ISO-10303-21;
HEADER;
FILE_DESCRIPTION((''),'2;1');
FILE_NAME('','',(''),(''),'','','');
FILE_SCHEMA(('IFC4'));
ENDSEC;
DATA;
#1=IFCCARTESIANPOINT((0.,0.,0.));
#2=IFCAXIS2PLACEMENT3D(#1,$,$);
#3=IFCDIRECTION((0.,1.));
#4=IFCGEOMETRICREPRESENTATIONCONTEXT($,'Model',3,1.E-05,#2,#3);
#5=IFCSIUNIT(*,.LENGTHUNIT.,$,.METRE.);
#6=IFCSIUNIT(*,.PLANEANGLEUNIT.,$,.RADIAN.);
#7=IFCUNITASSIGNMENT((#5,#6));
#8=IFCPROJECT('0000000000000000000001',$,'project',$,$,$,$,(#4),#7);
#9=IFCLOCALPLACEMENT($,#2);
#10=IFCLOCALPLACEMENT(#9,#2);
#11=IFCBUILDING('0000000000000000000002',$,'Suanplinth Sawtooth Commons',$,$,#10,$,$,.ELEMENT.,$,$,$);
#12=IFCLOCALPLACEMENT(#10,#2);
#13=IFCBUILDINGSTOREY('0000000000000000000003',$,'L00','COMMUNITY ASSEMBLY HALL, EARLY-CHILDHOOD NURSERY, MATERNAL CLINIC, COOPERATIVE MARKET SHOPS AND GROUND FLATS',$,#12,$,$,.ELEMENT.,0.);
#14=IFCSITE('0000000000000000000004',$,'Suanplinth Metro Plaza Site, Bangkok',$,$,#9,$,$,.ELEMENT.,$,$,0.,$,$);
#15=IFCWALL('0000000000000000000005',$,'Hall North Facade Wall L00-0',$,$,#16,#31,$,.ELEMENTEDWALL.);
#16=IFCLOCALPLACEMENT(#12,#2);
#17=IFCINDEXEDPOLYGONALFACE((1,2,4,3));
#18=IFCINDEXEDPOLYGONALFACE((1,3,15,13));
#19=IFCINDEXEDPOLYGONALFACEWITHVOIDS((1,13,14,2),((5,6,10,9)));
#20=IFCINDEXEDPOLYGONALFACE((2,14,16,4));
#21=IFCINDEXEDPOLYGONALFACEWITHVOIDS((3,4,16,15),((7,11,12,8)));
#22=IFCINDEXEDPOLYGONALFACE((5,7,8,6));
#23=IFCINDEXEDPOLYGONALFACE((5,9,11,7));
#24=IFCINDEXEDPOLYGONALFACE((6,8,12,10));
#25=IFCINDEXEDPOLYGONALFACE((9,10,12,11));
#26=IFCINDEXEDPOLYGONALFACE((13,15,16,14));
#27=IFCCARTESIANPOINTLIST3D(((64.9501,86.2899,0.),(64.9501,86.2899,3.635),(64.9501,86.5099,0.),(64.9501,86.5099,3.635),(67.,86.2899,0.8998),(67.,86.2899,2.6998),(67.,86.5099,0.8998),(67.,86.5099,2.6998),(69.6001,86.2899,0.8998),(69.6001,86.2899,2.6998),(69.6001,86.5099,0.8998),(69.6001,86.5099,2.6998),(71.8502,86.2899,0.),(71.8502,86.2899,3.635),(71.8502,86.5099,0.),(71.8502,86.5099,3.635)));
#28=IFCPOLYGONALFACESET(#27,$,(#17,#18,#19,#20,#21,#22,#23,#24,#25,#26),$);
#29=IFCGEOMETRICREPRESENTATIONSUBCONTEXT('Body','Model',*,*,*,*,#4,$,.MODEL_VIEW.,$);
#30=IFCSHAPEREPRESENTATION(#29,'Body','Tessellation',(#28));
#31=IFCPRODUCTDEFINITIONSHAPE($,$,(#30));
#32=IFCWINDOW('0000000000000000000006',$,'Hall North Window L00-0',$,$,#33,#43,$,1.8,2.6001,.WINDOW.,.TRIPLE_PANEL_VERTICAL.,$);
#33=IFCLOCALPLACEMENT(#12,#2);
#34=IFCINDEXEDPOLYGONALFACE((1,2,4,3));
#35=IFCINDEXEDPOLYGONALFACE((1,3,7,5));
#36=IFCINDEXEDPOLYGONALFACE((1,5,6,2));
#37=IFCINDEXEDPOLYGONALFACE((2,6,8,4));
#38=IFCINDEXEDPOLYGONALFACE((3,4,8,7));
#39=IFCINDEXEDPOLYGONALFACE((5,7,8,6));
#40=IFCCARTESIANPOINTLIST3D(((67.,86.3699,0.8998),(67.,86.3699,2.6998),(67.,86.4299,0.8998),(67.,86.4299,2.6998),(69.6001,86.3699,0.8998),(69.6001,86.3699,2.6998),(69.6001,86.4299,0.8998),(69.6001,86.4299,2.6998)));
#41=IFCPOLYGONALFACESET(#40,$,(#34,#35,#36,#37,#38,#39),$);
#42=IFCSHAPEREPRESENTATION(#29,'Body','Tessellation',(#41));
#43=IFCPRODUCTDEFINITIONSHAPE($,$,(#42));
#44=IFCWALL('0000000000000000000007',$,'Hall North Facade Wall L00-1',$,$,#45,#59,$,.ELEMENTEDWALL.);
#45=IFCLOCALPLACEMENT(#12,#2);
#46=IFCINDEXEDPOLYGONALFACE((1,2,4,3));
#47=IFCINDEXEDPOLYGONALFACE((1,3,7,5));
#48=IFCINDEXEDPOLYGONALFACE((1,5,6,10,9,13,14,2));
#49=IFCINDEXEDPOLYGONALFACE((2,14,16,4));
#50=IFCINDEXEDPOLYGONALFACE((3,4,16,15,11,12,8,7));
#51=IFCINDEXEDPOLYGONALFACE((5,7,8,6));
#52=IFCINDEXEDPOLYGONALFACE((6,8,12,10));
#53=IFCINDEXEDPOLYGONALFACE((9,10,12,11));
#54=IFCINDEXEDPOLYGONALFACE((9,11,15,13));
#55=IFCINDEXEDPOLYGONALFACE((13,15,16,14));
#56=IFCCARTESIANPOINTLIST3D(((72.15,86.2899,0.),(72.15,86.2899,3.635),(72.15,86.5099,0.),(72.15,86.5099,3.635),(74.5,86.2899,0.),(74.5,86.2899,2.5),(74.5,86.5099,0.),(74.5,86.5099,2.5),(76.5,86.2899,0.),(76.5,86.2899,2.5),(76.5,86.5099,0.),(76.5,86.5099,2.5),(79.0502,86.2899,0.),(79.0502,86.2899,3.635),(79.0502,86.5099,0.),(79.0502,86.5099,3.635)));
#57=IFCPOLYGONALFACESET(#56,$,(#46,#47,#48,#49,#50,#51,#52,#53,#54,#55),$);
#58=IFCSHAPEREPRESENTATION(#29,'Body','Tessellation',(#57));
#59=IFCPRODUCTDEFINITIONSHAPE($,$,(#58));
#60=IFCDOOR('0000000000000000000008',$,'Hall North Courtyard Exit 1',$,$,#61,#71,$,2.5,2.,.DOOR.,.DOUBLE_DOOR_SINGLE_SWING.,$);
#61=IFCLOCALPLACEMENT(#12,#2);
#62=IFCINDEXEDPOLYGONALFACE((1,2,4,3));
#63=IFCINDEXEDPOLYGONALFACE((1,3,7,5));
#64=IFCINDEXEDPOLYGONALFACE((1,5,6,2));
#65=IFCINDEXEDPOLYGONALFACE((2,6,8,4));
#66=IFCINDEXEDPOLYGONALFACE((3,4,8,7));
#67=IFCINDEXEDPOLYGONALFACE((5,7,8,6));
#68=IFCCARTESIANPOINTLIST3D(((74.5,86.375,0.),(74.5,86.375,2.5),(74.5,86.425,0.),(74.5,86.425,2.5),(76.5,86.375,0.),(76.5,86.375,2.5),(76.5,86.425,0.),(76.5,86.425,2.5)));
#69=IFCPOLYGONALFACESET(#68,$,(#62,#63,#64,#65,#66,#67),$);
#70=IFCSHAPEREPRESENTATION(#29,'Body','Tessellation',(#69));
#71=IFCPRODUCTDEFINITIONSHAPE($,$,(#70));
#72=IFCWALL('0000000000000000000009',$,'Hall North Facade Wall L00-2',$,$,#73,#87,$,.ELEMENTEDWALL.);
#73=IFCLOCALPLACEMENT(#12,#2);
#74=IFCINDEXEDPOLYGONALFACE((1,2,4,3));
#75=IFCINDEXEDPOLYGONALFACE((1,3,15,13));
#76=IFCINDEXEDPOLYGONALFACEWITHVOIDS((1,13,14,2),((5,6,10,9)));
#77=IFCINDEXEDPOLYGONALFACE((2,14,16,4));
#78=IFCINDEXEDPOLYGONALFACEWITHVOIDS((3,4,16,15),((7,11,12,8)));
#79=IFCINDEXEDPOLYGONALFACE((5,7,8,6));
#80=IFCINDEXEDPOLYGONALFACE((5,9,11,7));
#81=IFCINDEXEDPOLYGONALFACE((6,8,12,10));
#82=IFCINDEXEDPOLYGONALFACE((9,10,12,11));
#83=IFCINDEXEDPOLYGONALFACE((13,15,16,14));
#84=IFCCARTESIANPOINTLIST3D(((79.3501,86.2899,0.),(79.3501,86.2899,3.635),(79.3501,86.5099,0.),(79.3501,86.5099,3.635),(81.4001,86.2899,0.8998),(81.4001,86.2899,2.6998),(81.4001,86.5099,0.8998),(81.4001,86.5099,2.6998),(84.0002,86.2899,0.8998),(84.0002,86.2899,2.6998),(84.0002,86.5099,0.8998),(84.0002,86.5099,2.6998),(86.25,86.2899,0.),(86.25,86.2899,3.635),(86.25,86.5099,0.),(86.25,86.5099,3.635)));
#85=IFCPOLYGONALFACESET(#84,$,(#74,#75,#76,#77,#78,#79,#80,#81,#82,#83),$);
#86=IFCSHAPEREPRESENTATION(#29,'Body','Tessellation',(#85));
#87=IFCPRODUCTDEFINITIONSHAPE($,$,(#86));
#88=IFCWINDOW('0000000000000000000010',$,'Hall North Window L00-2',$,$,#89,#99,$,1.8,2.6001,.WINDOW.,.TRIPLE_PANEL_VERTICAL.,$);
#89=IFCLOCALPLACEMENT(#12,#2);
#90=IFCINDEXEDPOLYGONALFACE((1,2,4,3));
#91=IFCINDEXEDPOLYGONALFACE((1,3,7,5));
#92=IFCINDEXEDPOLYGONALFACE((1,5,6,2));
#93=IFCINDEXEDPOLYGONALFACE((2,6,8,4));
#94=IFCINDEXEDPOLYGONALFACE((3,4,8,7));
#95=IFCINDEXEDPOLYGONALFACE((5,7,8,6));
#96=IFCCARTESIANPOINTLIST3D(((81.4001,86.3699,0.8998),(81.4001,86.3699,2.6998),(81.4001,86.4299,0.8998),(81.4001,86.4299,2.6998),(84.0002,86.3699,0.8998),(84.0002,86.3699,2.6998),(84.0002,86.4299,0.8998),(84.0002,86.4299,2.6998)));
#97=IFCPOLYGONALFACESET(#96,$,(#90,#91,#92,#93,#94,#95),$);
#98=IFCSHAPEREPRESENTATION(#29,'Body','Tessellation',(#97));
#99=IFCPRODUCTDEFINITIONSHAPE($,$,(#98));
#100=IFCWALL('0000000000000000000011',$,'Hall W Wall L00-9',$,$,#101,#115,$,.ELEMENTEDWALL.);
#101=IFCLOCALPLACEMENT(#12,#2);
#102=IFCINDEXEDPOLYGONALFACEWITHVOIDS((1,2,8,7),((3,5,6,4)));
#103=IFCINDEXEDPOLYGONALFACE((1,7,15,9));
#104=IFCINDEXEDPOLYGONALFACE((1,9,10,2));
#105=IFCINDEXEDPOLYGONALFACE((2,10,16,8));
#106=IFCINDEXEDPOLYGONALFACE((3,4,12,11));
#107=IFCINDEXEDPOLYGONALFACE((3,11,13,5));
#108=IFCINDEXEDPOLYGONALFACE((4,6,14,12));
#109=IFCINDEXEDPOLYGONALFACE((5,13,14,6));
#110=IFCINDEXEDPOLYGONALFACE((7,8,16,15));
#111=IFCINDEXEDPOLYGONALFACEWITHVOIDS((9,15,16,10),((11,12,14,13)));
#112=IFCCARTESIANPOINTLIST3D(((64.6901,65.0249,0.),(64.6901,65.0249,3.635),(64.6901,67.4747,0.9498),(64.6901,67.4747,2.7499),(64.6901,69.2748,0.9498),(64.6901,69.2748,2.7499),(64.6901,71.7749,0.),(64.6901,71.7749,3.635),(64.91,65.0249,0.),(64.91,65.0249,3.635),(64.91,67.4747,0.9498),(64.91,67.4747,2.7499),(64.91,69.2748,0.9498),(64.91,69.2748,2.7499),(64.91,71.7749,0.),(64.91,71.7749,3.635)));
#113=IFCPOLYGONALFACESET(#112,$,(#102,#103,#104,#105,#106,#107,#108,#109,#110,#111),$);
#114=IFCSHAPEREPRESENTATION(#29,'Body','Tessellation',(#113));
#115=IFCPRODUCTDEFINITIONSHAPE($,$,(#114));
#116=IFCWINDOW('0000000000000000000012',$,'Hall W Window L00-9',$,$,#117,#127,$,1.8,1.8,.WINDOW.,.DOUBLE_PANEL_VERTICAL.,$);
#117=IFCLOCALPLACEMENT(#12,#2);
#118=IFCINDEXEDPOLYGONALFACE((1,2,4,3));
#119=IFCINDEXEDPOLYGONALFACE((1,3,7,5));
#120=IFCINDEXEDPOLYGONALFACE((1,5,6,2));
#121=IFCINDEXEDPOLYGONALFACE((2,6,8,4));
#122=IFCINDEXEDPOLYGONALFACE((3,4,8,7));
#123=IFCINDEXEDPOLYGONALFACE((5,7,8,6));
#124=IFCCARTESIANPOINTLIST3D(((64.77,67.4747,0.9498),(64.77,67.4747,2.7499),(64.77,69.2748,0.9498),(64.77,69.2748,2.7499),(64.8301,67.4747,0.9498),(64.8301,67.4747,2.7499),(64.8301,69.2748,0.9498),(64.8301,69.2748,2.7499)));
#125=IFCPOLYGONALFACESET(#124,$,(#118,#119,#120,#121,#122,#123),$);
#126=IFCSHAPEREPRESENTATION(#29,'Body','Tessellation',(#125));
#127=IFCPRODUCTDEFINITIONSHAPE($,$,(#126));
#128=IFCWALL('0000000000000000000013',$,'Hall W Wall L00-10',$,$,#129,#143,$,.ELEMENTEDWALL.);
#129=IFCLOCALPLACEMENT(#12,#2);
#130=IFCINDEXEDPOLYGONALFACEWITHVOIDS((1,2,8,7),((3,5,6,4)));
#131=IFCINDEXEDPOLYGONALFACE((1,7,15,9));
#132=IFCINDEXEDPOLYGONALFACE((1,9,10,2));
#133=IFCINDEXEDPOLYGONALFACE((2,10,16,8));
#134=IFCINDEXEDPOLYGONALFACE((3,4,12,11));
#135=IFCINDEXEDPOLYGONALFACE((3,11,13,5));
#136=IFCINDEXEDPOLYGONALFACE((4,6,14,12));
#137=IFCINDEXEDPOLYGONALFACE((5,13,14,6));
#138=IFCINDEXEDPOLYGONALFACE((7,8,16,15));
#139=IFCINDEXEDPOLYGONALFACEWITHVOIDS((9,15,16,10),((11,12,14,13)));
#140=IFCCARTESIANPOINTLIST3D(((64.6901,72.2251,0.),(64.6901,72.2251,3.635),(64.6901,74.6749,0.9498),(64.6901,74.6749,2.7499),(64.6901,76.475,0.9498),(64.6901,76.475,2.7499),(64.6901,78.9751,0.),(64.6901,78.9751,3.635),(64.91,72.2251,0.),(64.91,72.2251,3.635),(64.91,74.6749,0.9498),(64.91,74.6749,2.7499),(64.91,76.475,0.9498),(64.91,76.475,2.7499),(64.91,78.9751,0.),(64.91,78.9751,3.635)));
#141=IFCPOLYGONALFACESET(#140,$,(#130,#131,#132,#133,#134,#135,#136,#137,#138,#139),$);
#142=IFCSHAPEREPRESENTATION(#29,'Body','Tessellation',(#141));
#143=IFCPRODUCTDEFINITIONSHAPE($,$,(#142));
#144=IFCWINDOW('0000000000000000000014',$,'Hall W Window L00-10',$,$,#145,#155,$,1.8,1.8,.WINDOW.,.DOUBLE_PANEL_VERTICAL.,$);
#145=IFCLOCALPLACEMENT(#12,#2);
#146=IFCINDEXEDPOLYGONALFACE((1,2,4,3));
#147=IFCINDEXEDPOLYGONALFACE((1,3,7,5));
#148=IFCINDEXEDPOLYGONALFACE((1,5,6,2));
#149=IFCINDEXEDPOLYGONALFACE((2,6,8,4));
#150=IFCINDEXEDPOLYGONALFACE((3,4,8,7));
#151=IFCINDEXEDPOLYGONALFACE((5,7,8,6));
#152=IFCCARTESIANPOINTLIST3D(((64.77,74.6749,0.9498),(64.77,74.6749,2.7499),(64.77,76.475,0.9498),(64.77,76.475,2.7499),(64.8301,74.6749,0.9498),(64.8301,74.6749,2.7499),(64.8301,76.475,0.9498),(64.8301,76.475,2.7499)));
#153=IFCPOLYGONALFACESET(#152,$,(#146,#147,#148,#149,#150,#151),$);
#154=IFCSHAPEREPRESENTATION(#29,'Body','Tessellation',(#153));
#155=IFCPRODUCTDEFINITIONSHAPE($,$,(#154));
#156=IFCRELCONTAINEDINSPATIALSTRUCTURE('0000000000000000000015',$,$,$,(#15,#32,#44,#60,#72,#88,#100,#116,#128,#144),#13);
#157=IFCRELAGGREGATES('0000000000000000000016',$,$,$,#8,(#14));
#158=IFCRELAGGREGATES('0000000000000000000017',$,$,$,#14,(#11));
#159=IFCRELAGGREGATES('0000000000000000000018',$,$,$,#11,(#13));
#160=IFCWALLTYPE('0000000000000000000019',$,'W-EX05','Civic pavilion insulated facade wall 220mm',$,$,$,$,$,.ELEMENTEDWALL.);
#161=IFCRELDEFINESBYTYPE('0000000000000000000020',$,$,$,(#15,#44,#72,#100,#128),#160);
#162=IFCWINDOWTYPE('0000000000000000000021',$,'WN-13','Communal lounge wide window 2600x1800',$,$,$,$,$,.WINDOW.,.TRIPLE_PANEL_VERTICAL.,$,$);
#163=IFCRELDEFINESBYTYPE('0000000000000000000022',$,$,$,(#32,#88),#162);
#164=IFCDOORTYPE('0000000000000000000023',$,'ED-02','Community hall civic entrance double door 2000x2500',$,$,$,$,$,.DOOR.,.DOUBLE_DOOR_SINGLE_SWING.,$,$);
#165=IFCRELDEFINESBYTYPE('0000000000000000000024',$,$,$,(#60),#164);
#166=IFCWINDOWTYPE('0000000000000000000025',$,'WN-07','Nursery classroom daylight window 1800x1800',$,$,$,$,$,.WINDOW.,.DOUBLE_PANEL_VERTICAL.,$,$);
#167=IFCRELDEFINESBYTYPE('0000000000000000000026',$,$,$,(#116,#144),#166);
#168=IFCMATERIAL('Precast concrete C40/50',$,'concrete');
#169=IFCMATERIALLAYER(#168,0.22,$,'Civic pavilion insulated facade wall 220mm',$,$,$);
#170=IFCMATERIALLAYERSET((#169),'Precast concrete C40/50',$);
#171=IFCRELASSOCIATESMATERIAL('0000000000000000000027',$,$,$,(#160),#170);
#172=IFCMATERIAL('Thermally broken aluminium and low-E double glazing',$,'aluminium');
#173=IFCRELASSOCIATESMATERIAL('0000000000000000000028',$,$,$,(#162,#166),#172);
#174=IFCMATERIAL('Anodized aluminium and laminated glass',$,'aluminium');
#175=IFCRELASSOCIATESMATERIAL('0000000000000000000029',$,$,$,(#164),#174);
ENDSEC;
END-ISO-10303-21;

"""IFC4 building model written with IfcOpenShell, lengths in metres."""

from ifc_helpers import new_model, si_unit, direction, frame, frame_2d, origin, place, context, subcontext, project, spatial, rectangle, extrude, material, layer, layer_set, type_object, element, fill, save


model = new_model("IFC4")

# Units and contexts
model_context = context("Model", 3, precision=1e-05, world=origin(), true_north=direction((0.0, 1.0)))
body_context = subcontext(model_context, "Body", "Model", "MODEL_VIEW")
ifc_project = project(units=[si_unit("LENGTHUNIT", "METRE"), si_unit("PLANEANGLEUNIT", "RADIAN")], contexts=[model_context])

# Site, building, storey
site_placement = place(None, origin())
site = spatial("IfcSite", under=ifc_project, at=site_placement, Name="Suanplinth Metro Plaza Site, Bangkok", CompositionType="ELEMENT", RefElevation=0.0)
building_placement = place(site_placement, origin())
building = spatial("IfcBuilding", under=site, at=building_placement, Name="Suanplinth Sawtooth Commons", CompositionType="ELEMENT")
storey_placement = place(building_placement, origin())
storey = spatial("IfcBuildingStorey", under=building, at=storey_placement, Name="L00", Description="COMMUNITY ASSEMBLY HALL, EARLY-CHILDHOOD NURSERY, MATERNAL CLINIC, COOPERATIVE MARKET SHOPS AND GROUND FLATS", CompositionType="ELEMENT", Elevation=0.0)

# Wall, opening, window
ifc_material_1 = material(Name="Precast concrete C40/50", Category="concrete")
ifc_layer = layer(ifc_material_1, 0.22, Name="Civic pavilion insulated facade wall 220mm")
ifc_layer_set = layer_set([ifc_layer], Name="Precast concrete C40/50")
wall_type = type_object("IfcWallType", Name="W-EX05", Description="Civic pavilion insulated facade wall 220mm", PredefinedType="ELEMENTEDWALL", material=ifc_layer_set)
wall_1_placement = place(storey_placement, frame((64.95, 86.3999, 0.0), z_axis=(0.0, 0.0, 1.0), x_axis=(1.0, 0.0, 0.0)))
wall_1 = element("IfcWall", 1, at=wall_1_placement, inside=storey, type_object=wall_type, Name="Hall North Facade Wall L00-0", PredefinedType="ELEMENTEDWALL", context=body_context, shape_type="SweptSolid", body=[
    extrude(rectangle(XDim=6.9001, YDim=0.22, at=frame_2d((3.4502, 0.0))), origin(), (0.0, 0.0, 1.0), 3.635),
])
opening_1_placement = place(wall_1_placement, frame((2.05, 0.0, 0.8999)))
opening_1 = element("IfcOpeningElement", 2, at=opening_1_placement, cuts=wall_1, PredefinedType="OPENING", context=body_context, shape_type="SweptSolid", body=[
    extrude(rectangle(XDim=2.6001, YDim=1.8, at=frame_2d((1.3, 0.8999))), frame((0.0, 0.125, 0.0), z_axis=(0.0, -1.0, 0.0), x_axis=(1.0, 0.0, 0.0)), (0.0, 0.0, 1.0), 0.2498),
])
ifc_material_2 = material(Name="Thermally broken aluminium and low-E double glazing", Category="aluminium")
window_type_1 = type_object("IfcWindowType", Name="WN-13", Description="Communal lounge wide window 2600x1800", PartitioningType="TRIPLE_PANEL_VERTICAL", PredefinedType="WINDOW", material=ifc_material_2)
window_1_placement = place(opening_1_placement, origin())
window_1 = element("IfcWindow", 3, at=window_1_placement, inside=storey, type_object=window_type_1, Name="Hall North Window L00-0", OverallHeight=1.8, OverallWidth=2.6001, PartitioningType="TRIPLE_PANEL_VERTICAL", PredefinedType="WINDOW", context=body_context, shape_type="SweptSolid", body=[
    extrude(rectangle(XDim=2.6001, YDim=1.8, at=frame_2d((1.3, 0.8999))), frame((0.0, 0.03, 0.0), z_axis=(0.0, -1.0, 0.0), x_axis=(1.0, 0.0, 0.0)), (0.0, 0.0, 1.0), 0.0601),
])
fill(opening_1, window_1)

# Wall, opening, door
wall_2_placement = place(storey_placement, frame((72.1499, 86.3999, 0.0), z_axis=(0.0, 0.0, 1.0), x_axis=(1.0, 0.0, 0.0)))
wall_2 = element("IfcWall", 4, at=wall_2_placement, inside=storey, type_object=wall_type, Name="Hall North Facade Wall L00-1", PredefinedType="ELEMENTEDWALL", context=body_context, shape_type="SweptSolid", body=[
    extrude(rectangle(XDim=6.9001, YDim=0.22, at=frame_2d((3.4502, 0.0))), origin(), (0.0, 0.0, 1.0), 3.635),
])
opening_2_placement = place(wall_2_placement, frame((2.3501, 0.0, 0.0)))
opening_2 = element("IfcOpeningElement", 5, at=opening_2_placement, cuts=wall_2, PredefinedType="OPENING", context=body_context, shape_type="SweptSolid", body=[
    extrude(rectangle(XDim=2.0, YDim=2.5, at=frame_2d((1.0, 1.25))), frame((0.0, 0.125, 0.0), z_axis=(0.0, -1.0, 0.0), x_axis=(1.0, 0.0, 0.0)), (0.0, 0.0, 1.0), 0.2498),
])
ifc_material_3 = material(Name="Anodized aluminium and laminated glass", Category="aluminium")
door_type = type_object("IfcDoorType", Name="ED-02", Description="Community hall civic entrance double door 2000x2500", OperationType="DOUBLE_DOOR_SINGLE_SWING", PredefinedType="DOOR", material=ifc_material_3)
door_placement = place(opening_2_placement, frame((2.0, 0.0, 0.0), z_axis=(0.0, 0.0, 1.0), x_axis=(-1.0, 0.0, 0.0)))
door = element("IfcDoor", 6, at=door_placement, inside=storey, type_object=door_type, Name="Hall North Courtyard Exit 1", OperationType="DOUBLE_DOOR_SINGLE_SWING", OverallHeight=2.5, OverallWidth=2.0, PredefinedType="DOOR", context=body_context, shape_type="SweptSolid", body=[
    extrude(rectangle(XDim=2.0, YDim=2.5, at=frame_2d((1.0, 1.25))), frame((0.0, 0.0249, 0.0), z_axis=(0.0, -1.0, 0.0), x_axis=(1.0, 0.0, 0.0)), (0.0, 0.0, 1.0), 0.05),
])
fill(opening_2, door)

# Walls, openings, windows
wall_3_placement = place(storey_placement, frame((79.3501, 86.3999, 0.0), z_axis=(0.0, 0.0, 1.0), x_axis=(1.0, 0.0, 0.0)))
wall_3 = element("IfcWall", 7, at=wall_3_placement, inside=storey, type_object=wall_type, Name="Hall North Facade Wall L00-2", PredefinedType="ELEMENTEDWALL", context=body_context, shape_type="SweptSolid", body=[
    extrude(rectangle(XDim=6.8999, YDim=0.22, at=frame_2d((3.45, 0.0))), origin(), (0.0, 0.0, 1.0), 3.635),
])
opening_3_placement = place(wall_3_placement, frame((2.05, 0.0, 0.8999)))
opening_3 = element("IfcOpeningElement", 8, at=opening_3_placement, cuts=wall_3, PredefinedType="OPENING", context=body_context, shape_type="SweptSolid", body=[
    extrude(rectangle(XDim=2.6001, YDim=1.8, at=frame_2d((1.3, 0.8999))), frame((0.0, 0.125, 0.0), z_axis=(0.0, -1.0, 0.0), x_axis=(1.0, 0.0, 0.0)), (0.0, 0.0, 1.0), 0.2498),
])
window_2_placement = place(opening_3_placement, origin())
window_2 = element("IfcWindow", 9, at=window_2_placement, inside=storey, type_object=window_type_1, Name="Hall North Window L00-2", OverallHeight=1.8, OverallWidth=2.6001, PartitioningType="TRIPLE_PANEL_VERTICAL", PredefinedType="WINDOW", context=body_context, shape_type="SweptSolid", body=[
    extrude(rectangle(XDim=2.6001, YDim=1.8, at=frame_2d((1.3, 0.8999))), frame((0.0, 0.03, 0.0), z_axis=(0.0, -1.0, 0.0), x_axis=(1.0, 0.0, 0.0)), (0.0, 0.0, 1.0), 0.0601),
])
fill(opening_3, window_2)
wall_4_placement = place(storey_placement, frame((64.8, 65.0249, 0.0), z_axis=(0.0, 0.0, 1.0), x_axis=(0.0, 1.0, 0.0)))
wall_4 = element("IfcWall", 10, at=wall_4_placement, inside=storey, type_object=wall_type, Name="Hall W Wall L00-9", PredefinedType="ELEMENTEDWALL", context=body_context, shape_type="SweptSolid", body=[
    extrude(rectangle(XDim=6.75, YDim=0.22, at=frame_2d((3.375, 0.0))), origin(), (0.0, 0.0, 1.0), 3.635),
])
opening_4_placement = place(wall_4_placement, frame((2.45, 0.0, 0.95)))
opening_4 = element("IfcOpeningElement", 11, at=opening_4_placement, cuts=wall_4, PredefinedType="OPENING", context=body_context, shape_type="SweptSolid", body=[
    extrude(rectangle(XDim=1.8, YDim=1.8, at=frame_2d((0.8999, 0.8999))), frame((0.0, 0.125, 0.0), z_axis=(0.0, -1.0, 0.0), x_axis=(1.0, 0.0, 0.0)), (0.0, 0.0, 1.0), 0.2498),
])
window_type_2 = type_object("IfcWindowType", Name="WN-07", Description="Nursery classroom daylight window 1800x1800", PartitioningType="DOUBLE_PANEL_VERTICAL", PredefinedType="WINDOW", material=ifc_material_2)
window_3_placement = place(opening_4_placement, origin())
window_3 = element("IfcWindow", 12, at=window_3_placement, inside=storey, type_object=window_type_2, Name="Hall W Window L00-9", OverallHeight=1.8, OverallWidth=1.8, PartitioningType="DOUBLE_PANEL_VERTICAL", PredefinedType="WINDOW", context=body_context, shape_type="SweptSolid", body=[
    extrude(rectangle(XDim=1.8, YDim=1.8, at=frame_2d((0.8999, 0.8999))), frame((0.0, 0.03, 0.0), z_axis=(0.0, -1.0, 0.0), x_axis=(1.0, 0.0, 0.0)), (0.0, 0.0, 1.0), 0.0601),
])
fill(opening_4, window_3)
wall_5_placement = place(storey_placement, frame((64.8, 72.2251, 0.0), z_axis=(0.0, 0.0, 1.0), x_axis=(0.0, 1.0, 0.0)))
wall_5 = element("IfcWall", 13, at=wall_5_placement, inside=storey, type_object=wall_type, Name="Hall W Wall L00-10", PredefinedType="ELEMENTEDWALL", context=body_context, shape_type="SweptSolid", body=[
    extrude(rectangle(XDim=6.75, YDim=0.22, at=frame_2d((3.375, 0.0))), origin(), (0.0, 0.0, 1.0), 3.635),
])
opening_5_placement = place(wall_5_placement, frame((2.45, 0.0, 0.95)))
opening_5 = element("IfcOpeningElement", 14, at=opening_5_placement, cuts=wall_5, PredefinedType="OPENING", context=body_context, shape_type="SweptSolid", body=[
    extrude(rectangle(XDim=1.8, YDim=1.8, at=frame_2d((0.8999, 0.8999))), frame((0.0, 0.125, 0.0), z_axis=(0.0, -1.0, 0.0), x_axis=(1.0, 0.0, 0.0)), (0.0, 0.0, 1.0), 0.2498),
])
window_4_placement = place(opening_5_placement, origin())
window_4 = element("IfcWindow", 15, at=window_4_placement, inside=storey, type_object=window_type_2, Name="Hall W Window L00-10", OverallHeight=1.8, OverallWidth=1.8, PartitioningType="DOUBLE_PANEL_VERTICAL", PredefinedType="WINDOW", context=body_context, shape_type="SweptSolid", body=[
    extrude(rectangle(XDim=1.8, YDim=1.8, at=frame_2d((0.8999, 0.8999))), frame((0.0, 0.03, 0.0), z_axis=(0.0, -1.0, 0.0), x_axis=(1.0, 0.0, 0.0)), (0.0, 0.0, 1.0), 0.0601),
])
fill(opening_5, window_4)

save(model, "model.ifc")
